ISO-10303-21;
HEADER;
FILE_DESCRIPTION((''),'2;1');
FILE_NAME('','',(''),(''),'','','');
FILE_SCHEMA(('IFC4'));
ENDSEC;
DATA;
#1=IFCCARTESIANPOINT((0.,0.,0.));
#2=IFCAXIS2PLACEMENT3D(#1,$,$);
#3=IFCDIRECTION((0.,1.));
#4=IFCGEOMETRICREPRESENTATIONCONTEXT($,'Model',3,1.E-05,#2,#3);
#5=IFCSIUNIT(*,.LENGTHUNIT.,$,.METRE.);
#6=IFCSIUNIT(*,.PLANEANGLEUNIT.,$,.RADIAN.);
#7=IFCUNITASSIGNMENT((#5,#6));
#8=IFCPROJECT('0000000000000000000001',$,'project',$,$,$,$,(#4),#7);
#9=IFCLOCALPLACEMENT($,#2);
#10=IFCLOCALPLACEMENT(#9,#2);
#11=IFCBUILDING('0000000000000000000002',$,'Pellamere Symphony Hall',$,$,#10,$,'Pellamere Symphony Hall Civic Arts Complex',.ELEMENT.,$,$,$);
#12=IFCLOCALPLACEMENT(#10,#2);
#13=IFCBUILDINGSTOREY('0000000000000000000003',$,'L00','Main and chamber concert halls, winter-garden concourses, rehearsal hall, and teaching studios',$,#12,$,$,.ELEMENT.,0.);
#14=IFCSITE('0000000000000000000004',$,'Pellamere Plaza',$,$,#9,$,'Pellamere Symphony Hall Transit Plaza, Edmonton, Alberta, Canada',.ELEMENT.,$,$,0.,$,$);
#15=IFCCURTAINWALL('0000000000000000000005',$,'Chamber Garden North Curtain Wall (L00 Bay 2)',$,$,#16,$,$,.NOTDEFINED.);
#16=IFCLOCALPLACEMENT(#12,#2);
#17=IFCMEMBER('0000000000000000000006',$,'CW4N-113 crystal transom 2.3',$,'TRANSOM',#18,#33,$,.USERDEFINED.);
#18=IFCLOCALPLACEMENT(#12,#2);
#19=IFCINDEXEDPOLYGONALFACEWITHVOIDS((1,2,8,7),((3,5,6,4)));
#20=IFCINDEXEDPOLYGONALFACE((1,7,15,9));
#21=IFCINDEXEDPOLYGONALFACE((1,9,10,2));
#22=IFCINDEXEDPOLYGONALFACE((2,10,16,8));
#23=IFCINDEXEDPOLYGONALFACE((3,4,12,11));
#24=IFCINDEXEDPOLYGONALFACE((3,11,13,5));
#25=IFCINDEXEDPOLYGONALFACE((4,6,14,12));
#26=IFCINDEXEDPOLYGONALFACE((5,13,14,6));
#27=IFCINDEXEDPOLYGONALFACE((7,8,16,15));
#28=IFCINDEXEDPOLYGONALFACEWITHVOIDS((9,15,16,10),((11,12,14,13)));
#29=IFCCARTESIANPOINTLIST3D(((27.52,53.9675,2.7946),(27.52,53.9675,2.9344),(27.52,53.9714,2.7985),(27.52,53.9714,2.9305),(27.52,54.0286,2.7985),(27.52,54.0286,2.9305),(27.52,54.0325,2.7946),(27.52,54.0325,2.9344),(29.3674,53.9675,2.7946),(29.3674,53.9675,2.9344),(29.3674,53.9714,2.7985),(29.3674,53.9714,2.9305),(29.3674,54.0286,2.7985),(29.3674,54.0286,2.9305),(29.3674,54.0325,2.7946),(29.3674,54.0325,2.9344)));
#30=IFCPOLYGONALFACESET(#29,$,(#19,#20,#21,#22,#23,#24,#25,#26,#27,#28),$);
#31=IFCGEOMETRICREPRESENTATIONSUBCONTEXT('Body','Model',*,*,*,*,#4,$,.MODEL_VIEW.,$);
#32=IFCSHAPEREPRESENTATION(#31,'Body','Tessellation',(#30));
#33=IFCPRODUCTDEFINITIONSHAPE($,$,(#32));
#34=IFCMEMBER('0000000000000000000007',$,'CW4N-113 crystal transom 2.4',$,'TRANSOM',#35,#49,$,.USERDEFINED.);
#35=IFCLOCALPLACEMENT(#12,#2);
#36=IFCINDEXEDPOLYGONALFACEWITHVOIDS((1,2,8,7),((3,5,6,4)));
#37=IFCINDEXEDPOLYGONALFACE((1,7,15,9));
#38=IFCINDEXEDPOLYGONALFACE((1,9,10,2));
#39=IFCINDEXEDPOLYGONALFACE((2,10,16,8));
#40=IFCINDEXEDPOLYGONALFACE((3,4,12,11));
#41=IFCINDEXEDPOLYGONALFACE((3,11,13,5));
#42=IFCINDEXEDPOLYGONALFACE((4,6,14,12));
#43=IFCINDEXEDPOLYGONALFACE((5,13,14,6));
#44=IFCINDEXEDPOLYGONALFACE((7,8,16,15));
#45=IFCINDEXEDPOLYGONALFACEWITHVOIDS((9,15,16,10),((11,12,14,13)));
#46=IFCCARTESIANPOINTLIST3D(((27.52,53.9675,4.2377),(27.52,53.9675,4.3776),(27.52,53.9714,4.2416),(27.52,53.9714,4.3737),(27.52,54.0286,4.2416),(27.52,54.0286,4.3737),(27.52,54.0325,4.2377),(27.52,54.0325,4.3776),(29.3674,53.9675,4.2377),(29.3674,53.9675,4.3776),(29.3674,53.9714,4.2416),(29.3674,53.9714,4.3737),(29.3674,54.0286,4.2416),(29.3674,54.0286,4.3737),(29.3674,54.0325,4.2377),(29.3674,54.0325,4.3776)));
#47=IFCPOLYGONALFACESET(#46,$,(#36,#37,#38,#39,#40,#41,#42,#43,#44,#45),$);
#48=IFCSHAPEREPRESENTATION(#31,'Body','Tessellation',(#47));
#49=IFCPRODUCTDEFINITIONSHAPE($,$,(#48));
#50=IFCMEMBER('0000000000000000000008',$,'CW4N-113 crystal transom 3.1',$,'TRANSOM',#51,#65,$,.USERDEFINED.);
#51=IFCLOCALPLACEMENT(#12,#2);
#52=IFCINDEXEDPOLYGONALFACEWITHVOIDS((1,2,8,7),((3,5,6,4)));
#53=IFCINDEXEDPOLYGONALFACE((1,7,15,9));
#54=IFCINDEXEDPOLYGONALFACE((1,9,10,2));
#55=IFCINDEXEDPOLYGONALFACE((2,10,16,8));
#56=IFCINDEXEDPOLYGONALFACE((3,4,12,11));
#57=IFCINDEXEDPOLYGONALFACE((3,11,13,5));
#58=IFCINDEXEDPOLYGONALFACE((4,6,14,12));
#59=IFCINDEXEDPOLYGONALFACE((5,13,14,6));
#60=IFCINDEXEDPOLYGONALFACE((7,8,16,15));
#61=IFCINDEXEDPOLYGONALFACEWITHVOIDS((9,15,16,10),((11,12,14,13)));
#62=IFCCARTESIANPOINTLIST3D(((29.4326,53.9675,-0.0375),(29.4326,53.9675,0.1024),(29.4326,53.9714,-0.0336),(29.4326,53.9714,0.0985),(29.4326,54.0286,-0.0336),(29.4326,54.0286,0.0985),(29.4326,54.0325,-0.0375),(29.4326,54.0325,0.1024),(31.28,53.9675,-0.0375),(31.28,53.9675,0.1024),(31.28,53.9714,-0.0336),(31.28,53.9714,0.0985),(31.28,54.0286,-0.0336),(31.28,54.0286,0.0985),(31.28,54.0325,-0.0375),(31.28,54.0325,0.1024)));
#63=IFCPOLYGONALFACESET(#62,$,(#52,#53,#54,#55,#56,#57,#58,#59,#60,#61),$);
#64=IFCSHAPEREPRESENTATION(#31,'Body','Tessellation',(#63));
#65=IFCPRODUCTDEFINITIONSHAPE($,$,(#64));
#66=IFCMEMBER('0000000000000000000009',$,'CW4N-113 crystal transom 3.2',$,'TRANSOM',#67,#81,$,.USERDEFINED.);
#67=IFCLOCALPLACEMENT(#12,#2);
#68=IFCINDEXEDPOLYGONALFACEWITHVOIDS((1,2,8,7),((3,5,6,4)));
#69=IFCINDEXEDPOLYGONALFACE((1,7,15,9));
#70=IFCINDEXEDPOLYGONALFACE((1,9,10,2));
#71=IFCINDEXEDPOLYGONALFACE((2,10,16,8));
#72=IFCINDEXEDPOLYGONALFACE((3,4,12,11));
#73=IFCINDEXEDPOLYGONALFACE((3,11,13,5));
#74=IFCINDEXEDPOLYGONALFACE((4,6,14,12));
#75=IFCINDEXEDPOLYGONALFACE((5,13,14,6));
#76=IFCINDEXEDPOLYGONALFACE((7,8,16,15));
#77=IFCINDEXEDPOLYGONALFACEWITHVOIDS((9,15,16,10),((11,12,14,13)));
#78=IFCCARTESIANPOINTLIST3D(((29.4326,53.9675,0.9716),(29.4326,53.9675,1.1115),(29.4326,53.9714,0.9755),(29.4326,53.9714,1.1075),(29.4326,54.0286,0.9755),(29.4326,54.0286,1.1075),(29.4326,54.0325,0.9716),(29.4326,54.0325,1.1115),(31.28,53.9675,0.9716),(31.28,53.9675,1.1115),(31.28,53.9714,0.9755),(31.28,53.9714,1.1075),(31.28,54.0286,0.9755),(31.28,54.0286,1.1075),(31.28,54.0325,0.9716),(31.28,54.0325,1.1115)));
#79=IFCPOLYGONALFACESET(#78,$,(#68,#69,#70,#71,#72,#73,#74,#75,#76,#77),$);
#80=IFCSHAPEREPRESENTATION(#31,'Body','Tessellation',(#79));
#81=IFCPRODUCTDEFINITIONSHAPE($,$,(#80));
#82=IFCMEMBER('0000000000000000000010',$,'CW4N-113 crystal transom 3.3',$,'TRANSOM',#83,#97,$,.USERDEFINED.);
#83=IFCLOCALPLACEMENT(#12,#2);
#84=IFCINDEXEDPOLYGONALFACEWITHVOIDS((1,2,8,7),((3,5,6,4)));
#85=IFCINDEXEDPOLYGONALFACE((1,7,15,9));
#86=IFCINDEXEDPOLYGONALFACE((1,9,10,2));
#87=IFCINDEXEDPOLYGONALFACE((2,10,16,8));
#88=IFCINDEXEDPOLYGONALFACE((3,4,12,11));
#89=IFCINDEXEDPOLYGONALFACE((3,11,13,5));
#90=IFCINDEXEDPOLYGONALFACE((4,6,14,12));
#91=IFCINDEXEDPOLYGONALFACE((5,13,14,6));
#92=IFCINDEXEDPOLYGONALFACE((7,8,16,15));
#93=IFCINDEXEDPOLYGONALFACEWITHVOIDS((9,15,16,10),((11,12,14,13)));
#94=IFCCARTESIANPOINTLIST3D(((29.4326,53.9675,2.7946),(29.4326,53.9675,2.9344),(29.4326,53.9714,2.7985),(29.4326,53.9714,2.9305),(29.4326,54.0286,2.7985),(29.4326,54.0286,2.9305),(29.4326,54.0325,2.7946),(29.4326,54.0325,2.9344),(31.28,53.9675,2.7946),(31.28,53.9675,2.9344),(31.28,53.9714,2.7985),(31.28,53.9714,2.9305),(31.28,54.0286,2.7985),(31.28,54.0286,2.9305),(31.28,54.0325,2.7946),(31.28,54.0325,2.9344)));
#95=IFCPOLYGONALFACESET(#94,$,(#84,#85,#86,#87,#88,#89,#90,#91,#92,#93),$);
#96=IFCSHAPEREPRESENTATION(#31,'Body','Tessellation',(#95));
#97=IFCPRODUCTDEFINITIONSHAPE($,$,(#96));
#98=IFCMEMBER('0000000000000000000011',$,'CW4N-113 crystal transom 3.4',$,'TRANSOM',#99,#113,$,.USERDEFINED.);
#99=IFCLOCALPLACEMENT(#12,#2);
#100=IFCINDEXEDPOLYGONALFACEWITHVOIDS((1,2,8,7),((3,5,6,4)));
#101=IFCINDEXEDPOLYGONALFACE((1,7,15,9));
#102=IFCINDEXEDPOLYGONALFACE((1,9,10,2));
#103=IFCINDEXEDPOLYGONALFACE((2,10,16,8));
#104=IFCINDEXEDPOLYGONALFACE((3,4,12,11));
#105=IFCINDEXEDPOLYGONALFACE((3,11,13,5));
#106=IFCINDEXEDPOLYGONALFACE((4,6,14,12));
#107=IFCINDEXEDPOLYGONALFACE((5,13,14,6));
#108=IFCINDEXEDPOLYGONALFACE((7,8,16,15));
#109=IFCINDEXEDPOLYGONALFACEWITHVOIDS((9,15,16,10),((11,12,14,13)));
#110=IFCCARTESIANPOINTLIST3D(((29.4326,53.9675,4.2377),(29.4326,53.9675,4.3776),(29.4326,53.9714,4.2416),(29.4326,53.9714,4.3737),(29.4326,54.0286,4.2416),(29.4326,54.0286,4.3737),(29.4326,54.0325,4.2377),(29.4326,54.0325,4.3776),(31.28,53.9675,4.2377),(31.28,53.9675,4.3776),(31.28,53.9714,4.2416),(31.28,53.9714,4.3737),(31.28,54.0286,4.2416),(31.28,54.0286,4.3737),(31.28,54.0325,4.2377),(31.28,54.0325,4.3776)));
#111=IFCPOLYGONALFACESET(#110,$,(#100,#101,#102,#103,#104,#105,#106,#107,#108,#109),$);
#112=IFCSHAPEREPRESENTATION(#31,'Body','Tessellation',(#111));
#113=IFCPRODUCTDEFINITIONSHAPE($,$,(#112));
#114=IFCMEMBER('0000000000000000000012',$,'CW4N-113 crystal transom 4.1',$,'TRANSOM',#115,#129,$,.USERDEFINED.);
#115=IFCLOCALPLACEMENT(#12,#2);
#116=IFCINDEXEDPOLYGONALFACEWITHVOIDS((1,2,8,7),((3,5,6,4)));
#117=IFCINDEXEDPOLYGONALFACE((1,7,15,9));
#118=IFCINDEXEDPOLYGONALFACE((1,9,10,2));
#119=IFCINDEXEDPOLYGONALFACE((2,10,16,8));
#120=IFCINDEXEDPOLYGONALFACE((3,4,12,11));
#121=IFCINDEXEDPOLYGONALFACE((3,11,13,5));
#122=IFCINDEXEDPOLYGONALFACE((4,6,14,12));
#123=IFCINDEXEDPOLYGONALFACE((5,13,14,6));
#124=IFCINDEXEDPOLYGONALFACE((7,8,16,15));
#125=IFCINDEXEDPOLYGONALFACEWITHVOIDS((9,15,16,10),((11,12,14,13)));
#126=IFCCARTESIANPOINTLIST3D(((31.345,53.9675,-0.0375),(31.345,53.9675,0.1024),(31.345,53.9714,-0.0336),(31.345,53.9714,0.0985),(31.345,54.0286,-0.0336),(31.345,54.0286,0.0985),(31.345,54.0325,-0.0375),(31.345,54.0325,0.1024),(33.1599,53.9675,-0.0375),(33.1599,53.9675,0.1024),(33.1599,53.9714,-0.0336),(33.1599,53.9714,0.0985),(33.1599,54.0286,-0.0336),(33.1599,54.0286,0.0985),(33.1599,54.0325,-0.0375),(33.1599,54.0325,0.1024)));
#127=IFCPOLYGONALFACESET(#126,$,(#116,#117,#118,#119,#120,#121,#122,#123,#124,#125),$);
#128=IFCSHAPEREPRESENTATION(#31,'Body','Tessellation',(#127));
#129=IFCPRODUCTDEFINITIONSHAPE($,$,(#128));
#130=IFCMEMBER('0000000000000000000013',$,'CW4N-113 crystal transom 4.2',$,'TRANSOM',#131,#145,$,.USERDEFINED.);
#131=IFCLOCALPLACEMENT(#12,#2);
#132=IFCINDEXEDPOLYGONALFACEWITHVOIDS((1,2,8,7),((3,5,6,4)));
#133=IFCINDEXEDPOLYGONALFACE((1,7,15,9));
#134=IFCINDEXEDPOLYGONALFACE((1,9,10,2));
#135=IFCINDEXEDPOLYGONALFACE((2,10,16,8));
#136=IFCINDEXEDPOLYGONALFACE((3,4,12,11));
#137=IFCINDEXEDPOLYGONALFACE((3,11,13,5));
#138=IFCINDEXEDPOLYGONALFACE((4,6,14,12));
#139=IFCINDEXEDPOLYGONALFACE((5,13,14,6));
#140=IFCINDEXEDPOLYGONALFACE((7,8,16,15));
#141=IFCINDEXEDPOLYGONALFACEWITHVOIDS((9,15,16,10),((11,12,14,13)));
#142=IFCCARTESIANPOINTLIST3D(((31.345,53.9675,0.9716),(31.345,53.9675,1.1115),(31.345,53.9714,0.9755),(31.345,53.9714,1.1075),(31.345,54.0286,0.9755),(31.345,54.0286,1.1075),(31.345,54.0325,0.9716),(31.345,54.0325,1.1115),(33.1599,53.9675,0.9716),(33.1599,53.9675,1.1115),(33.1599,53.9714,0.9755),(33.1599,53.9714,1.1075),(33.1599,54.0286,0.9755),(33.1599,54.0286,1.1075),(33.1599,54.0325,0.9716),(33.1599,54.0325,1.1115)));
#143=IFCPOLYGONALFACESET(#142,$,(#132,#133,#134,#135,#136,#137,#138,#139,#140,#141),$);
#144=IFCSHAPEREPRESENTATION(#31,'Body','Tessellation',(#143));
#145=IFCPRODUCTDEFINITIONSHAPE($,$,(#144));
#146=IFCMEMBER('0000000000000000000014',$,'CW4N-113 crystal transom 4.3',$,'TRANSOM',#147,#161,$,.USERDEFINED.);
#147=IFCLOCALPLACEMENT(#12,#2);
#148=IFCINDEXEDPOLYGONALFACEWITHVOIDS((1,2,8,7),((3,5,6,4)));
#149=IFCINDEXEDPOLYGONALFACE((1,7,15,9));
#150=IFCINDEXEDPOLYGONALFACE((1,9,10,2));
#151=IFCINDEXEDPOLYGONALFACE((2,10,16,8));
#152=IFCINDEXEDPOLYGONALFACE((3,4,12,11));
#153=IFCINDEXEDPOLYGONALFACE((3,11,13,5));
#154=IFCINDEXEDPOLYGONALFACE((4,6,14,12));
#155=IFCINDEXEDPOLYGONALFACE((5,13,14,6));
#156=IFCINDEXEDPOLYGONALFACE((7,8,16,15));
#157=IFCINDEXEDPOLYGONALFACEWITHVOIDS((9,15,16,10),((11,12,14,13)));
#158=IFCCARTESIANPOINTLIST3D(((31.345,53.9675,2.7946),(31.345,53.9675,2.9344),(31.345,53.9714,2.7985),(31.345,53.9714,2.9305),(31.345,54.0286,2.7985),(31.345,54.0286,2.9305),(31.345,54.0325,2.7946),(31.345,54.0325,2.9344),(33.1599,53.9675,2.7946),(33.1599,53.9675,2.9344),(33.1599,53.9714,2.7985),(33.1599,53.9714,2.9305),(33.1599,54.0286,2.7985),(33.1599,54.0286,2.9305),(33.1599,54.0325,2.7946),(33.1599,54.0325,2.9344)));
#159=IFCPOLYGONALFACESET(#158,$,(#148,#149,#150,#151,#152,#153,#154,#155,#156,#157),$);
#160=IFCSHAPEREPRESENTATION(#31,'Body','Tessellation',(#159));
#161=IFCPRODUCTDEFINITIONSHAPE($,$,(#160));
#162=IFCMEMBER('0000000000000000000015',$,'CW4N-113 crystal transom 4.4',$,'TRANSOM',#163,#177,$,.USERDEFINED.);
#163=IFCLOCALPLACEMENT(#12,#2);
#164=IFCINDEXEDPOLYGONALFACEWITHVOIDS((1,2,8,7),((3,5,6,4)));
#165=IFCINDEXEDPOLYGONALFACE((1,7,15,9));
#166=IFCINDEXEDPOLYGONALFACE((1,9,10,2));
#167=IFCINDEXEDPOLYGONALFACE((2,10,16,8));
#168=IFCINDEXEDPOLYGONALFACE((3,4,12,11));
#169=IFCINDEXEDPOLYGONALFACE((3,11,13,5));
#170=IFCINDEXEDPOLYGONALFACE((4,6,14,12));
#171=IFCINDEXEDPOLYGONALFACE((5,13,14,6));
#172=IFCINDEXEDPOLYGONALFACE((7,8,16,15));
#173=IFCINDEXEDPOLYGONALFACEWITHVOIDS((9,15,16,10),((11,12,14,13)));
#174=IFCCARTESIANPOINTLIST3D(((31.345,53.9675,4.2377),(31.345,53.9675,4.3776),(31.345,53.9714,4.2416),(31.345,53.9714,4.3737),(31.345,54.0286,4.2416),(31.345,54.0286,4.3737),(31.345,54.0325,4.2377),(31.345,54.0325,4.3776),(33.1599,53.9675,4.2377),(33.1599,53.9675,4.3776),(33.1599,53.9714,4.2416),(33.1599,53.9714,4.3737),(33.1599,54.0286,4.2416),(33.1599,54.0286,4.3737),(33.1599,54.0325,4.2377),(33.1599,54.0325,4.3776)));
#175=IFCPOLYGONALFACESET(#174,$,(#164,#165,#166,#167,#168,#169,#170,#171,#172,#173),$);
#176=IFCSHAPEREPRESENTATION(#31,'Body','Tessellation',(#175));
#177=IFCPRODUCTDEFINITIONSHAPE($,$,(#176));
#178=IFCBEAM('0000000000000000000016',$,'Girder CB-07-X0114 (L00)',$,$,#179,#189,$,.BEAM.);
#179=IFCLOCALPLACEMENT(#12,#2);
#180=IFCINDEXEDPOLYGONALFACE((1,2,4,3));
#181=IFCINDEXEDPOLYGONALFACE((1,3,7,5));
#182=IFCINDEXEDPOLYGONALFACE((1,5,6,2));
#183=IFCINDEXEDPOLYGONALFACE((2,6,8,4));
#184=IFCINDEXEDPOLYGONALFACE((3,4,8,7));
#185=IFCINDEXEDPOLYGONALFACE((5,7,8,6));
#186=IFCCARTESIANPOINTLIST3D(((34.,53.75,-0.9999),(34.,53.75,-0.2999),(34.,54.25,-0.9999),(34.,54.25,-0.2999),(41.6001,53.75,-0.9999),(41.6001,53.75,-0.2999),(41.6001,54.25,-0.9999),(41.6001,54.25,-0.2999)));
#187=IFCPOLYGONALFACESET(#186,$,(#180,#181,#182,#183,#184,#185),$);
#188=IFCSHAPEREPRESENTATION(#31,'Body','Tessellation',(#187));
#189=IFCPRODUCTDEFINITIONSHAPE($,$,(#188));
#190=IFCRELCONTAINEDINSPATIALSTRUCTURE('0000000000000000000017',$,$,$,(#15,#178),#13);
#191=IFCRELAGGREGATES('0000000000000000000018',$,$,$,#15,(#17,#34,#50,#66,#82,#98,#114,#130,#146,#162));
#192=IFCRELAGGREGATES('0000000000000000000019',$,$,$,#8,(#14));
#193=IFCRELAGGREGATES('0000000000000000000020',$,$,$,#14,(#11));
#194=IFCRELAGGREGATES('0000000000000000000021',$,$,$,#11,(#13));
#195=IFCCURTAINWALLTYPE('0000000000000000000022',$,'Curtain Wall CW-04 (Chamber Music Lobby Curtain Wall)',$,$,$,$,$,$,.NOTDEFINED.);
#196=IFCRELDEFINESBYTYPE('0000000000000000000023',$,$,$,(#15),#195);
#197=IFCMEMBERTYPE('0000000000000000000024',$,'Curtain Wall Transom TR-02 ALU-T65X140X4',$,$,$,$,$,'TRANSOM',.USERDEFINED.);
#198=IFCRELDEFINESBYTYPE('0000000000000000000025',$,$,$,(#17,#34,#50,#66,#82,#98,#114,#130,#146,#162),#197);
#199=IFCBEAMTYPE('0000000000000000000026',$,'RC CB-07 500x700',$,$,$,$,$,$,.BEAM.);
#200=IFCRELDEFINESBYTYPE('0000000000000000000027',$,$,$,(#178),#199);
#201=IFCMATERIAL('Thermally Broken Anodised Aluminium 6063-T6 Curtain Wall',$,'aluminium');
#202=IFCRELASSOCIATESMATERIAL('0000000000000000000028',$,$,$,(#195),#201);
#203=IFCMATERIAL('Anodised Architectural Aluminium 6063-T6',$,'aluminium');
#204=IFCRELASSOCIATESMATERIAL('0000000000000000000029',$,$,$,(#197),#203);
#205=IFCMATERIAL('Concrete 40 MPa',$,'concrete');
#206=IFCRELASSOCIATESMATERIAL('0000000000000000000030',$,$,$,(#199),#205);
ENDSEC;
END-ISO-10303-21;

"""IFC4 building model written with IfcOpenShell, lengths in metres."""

from ifc_helpers import new_model, si_unit, direction, frame, origin, origin_2d, place, context, subcontext, project, spatial, rectangle, hollow_rectangle, extrude, material, material_profile, profile_set, type_object, element, aggregate, save


model = new_model("IFC4")

# Units and contexts
model_context = context("Model", 3, precision=1e-05, world=origin(), true_north=direction((0.0, 1.0)))
body_context = subcontext(model_context, "Body", "Model", "MODEL_VIEW")
ifc_project = project(units=[si_unit("LENGTHUNIT", "METRE"), si_unit("PLANEANGLEUNIT", "RADIAN")], contexts=[model_context])

# Site, building, storey
site_placement = place(None, origin())
site = spatial("IfcSite", under=ifc_project, at=site_placement, Name="Pellamere Plaza", LongName="Pellamere Symphony Hall Transit Plaza, Edmonton, Alberta, Canada", CompositionType="ELEMENT", RefElevation=0.0)
building_placement = place(site_placement, origin())
building = spatial("IfcBuilding", under=site, at=building_placement, Name="Pellamere Symphony Hall", LongName="Pellamere Symphony Hall Civic Arts Complex", CompositionType="ELEMENT")
storey_placement = place(building_placement, origin())
storey = spatial("IfcBuildingStorey", under=building, at=storey_placement, Name="L00", Description="Main and chamber concert halls, winter-garden concourses, rehearsal hall, and teaching studios", CompositionType="ELEMENT", Elevation=0.0)

# Shared definitions
ifc_material_1 = material(Name="Concrete 40 MPa", Category="concrete")

# Shared definitions
ifc_material_2 = material(Name="Thermally Broken Anodised Aluminium 6063-T6 Curtain Wall", Category="aluminium")
ifc_material_3 = material(Name="Anodised Architectural Aluminium 6063-T6", Category="aluminium")

# Curtain wall
curtain_wall_type_1 = type_object("IfcCurtainWallType", Name="Curtain Wall CW-04 (Chamber Music Lobby Curtain Wall)", PredefinedType="NOTDEFINED", material=ifc_material_2)
curtain_wall_1_placement = place(storey_placement, origin())
curtain_wall_1 = element("IfcCurtainWall", 1, at=curtain_wall_1_placement, inside=storey, type_object=curtain_wall_type_1, Name="Chamber Garden North Curtain Wall (L00 Bay 2)", PredefinedType="NOTDEFINED")

# Members
ifc_material_profile_1 = material_profile(ifc_material_3, hollow_rectangle(XDim=0.0649, YDim=0.1399, WallThickness=0.0039, at=origin_2d()), Name="ALU-T65X140X4")
ifc_profile_set_1 = profile_set([ifc_material_profile_1], Name="Anodised Architectural Aluminium 6063-T6")
member_type_1 = type_object("IfcMemberType", Name="Curtain Wall Transom TR-02 ALU-T65X140X4", ElementType="TRANSOM", PredefinedType="USERDEFINED", material=ifc_profile_set_1)
member_1_placement = place(storey_placement, frame((27.52, 54.0, 2.8645), z_axis=(1.0, 0.0, 0.0), x_axis=(0.0, 1.0, 0.0)))
member_1 = element("IfcMember", 2, at=member_1_placement, type_object=member_type_1, Name="CW4N-113 crystal transom 2.3", ObjectType="TRANSOM", PredefinedType="USERDEFINED", context=body_context, shape_type="SweptSolid", body=[
    extrude(hollow_rectangle(XDim=0.0649, YDim=0.1399, WallThickness=0.0039, at=origin_2d()), origin(), (0.0, 0.0, 1.0), 1.8474),
])
member_2_placement = place(storey_placement, frame((27.52, 54.0, 4.3076), z_axis=(1.0, 0.0, 0.0), x_axis=(0.0, 1.0, 0.0)))
member_2 = element("IfcMember", 3, at=member_2_placement, type_object=member_type_1, Name="CW4N-113 crystal transom 2.4", ObjectType="TRANSOM", PredefinedType="USERDEFINED", context=body_context, shape_type="SweptSolid", body=[
    extrude(hollow_rectangle(XDim=0.0649, YDim=0.1399, WallThickness=0.0039, at=origin_2d()), origin(), (0.0, 0.0, 1.0), 1.8474),
])
member_3_placement = place(storey_placement, frame((29.4326, 54.0, 0.0325), z_axis=(1.0, 0.0, 0.0), x_axis=(0.0, 1.0, 0.0)))
member_3 = element("IfcMember", 4, at=member_3_placement, type_object=member_type_1, Name="CW4N-113 crystal transom 3.1", ObjectType="TRANSOM", PredefinedType="USERDEFINED", context=body_context, shape_type="SweptSolid", body=[
    extrude(hollow_rectangle(XDim=0.0649, YDim=0.1399, WallThickness=0.0039, at=origin_2d()), origin(), (0.0, 0.0, 1.0), 1.8474),
])
member_4_placement = place(storey_placement, frame((29.4326, 54.0, 1.0415), z_axis=(1.0, 0.0, 0.0), x_axis=(0.0, 1.0, 0.0)))
member_4 = element("IfcMember", 5, at=member_4_placement, type_object=member_type_1, Name="CW4N-113 crystal transom 3.2", ObjectType="TRANSOM", PredefinedType="USERDEFINED", context=body_context, shape_type="SweptSolid", body=[
    extrude(hollow_rectangle(XDim=0.0649, YDim=0.1399, WallThickness=0.0039, at=origin_2d()), origin(), (0.0, 0.0, 1.0), 1.8474),
])
member_5_placement = place(storey_placement, frame((29.4326, 54.0, 2.8645), z_axis=(1.0, 0.0, 0.0), x_axis=(0.0, 1.0, 0.0)))
member_5 = element("IfcMember", 6, at=member_5_placement, type_object=member_type_1, Name="CW4N-113 crystal transom 3.3", ObjectType="TRANSOM", PredefinedType="USERDEFINED", context=body_context, shape_type="SweptSolid", body=[
    extrude(hollow_rectangle(XDim=0.0649, YDim=0.1399, WallThickness=0.0039, at=origin_2d()), origin(), (0.0, 0.0, 1.0), 1.8474),
])
member_6_placement = place(storey_placement, frame((29.4326, 54.0, 4.3076), z_axis=(1.0, 0.0, 0.0), x_axis=(0.0, 1.0, 0.0)))
member_6 = element("IfcMember", 7, at=member_6_placement, type_object=member_type_1, Name="CW4N-113 crystal transom 3.4", ObjectType="TRANSOM", PredefinedType="USERDEFINED", context=body_context, shape_type="SweptSolid", body=[
    extrude(hollow_rectangle(XDim=0.0649, YDim=0.1399, WallThickness=0.0039, at=origin_2d()), origin(), (0.0, 0.0, 1.0), 1.8474),
])
member_7_placement = place(storey_placement, frame((31.345, 54.0, 0.0325), z_axis=(1.0, 0.0, 0.0), x_axis=(0.0, 1.0, 0.0)))
member_7 = element("IfcMember", 8, at=member_7_placement, type_object=member_type_1, Name="CW4N-113 crystal transom 4.1", ObjectType="TRANSOM", PredefinedType="USERDEFINED", context=body_context, shape_type="SweptSolid", body=[
    extrude(hollow_rectangle(XDim=0.0649, YDim=0.1399, WallThickness=0.0039, at=origin_2d()), origin(), (0.0, 0.0, 1.0), 1.8149),
])
member_8_placement = place(storey_placement, frame((31.345, 54.0, 1.0415), z_axis=(1.0, 0.0, 0.0), x_axis=(0.0, 1.0, 0.0)))
member_8 = element("IfcMember", 9, at=member_8_placement, type_object=member_type_1, Name="CW4N-113 crystal transom 4.2", ObjectType="TRANSOM", PredefinedType="USERDEFINED", context=body_context, shape_type="SweptSolid", body=[
    extrude(hollow_rectangle(XDim=0.0649, YDim=0.1399, WallThickness=0.0039, at=origin_2d()), origin(), (0.0, 0.0, 1.0), 1.8149),
])
member_9_placement = place(storey_placement, frame((31.345, 54.0, 2.8645), z_axis=(1.0, 0.0, 0.0), x_axis=(0.0, 1.0, 0.0)))
member_9 = element("IfcMember", 10, at=member_9_placement, type_object=member_type_1, Name="CW4N-113 crystal transom 4.3", ObjectType="TRANSOM", PredefinedType="USERDEFINED", context=body_context, shape_type="SweptSolid", body=[
    extrude(hollow_rectangle(XDim=0.0649, YDim=0.1399, WallThickness=0.0039, at=origin_2d()), origin(), (0.0, 0.0, 1.0), 1.8149),
])
member_10_placement = place(storey_placement, frame((31.345, 54.0, 4.3076), z_axis=(1.0, 0.0, 0.0), x_axis=(0.0, 1.0, 0.0)))
member_10 = element("IfcMember", 11, at=member_10_placement, type_object=member_type_1, Name="CW4N-113 crystal transom 4.4", ObjectType="TRANSOM", PredefinedType="USERDEFINED", context=body_context, shape_type="SweptSolid", body=[
    extrude(hollow_rectangle(XDim=0.0649, YDim=0.1399, WallThickness=0.0039, at=origin_2d()), origin(), (0.0, 0.0, 1.0), 1.8149),
])

# Beam
ifc_material_profile_2 = material_profile(ifc_material_1, rectangle(XDim=0.5, YDim=0.7, at=origin_2d()), Name="RC 500x700")
ifc_profile_set_2 = profile_set([ifc_material_profile_2], Name="Concrete 40 MPa")
beam_type = type_object("IfcBeamType", Name="RC CB-07 500x700", PredefinedType="BEAM", material=ifc_profile_set_2)
for number, where, z_axis, x_axis, name in (
    (12, (34.0, 54.0, -0.6499), (1.0, 0.0, 0.0), (0.0, 1.0, 0.0), "Girder CB-07-X0114 (L00)"),
):
    element("IfcBeam", number, at=place(storey_placement, frame(where, z_axis=z_axis, x_axis=x_axis)), inside=storey, type_object=beam_type, Name=name, PredefinedType="BEAM", context=body_context, shape_type="SweptSolid", body=[
        extrude(rectangle(XDim=0.5, YDim=0.7, at=origin_2d()), origin(), (0.0, 0.0, 1.0), 7.6001),
    ])

aggregate(curtain_wall_1, [member_1, member_2, member_3, member_4, member_5, member_6, member_7, member_8, member_9, member_10])

save(model, "model.ifc")
